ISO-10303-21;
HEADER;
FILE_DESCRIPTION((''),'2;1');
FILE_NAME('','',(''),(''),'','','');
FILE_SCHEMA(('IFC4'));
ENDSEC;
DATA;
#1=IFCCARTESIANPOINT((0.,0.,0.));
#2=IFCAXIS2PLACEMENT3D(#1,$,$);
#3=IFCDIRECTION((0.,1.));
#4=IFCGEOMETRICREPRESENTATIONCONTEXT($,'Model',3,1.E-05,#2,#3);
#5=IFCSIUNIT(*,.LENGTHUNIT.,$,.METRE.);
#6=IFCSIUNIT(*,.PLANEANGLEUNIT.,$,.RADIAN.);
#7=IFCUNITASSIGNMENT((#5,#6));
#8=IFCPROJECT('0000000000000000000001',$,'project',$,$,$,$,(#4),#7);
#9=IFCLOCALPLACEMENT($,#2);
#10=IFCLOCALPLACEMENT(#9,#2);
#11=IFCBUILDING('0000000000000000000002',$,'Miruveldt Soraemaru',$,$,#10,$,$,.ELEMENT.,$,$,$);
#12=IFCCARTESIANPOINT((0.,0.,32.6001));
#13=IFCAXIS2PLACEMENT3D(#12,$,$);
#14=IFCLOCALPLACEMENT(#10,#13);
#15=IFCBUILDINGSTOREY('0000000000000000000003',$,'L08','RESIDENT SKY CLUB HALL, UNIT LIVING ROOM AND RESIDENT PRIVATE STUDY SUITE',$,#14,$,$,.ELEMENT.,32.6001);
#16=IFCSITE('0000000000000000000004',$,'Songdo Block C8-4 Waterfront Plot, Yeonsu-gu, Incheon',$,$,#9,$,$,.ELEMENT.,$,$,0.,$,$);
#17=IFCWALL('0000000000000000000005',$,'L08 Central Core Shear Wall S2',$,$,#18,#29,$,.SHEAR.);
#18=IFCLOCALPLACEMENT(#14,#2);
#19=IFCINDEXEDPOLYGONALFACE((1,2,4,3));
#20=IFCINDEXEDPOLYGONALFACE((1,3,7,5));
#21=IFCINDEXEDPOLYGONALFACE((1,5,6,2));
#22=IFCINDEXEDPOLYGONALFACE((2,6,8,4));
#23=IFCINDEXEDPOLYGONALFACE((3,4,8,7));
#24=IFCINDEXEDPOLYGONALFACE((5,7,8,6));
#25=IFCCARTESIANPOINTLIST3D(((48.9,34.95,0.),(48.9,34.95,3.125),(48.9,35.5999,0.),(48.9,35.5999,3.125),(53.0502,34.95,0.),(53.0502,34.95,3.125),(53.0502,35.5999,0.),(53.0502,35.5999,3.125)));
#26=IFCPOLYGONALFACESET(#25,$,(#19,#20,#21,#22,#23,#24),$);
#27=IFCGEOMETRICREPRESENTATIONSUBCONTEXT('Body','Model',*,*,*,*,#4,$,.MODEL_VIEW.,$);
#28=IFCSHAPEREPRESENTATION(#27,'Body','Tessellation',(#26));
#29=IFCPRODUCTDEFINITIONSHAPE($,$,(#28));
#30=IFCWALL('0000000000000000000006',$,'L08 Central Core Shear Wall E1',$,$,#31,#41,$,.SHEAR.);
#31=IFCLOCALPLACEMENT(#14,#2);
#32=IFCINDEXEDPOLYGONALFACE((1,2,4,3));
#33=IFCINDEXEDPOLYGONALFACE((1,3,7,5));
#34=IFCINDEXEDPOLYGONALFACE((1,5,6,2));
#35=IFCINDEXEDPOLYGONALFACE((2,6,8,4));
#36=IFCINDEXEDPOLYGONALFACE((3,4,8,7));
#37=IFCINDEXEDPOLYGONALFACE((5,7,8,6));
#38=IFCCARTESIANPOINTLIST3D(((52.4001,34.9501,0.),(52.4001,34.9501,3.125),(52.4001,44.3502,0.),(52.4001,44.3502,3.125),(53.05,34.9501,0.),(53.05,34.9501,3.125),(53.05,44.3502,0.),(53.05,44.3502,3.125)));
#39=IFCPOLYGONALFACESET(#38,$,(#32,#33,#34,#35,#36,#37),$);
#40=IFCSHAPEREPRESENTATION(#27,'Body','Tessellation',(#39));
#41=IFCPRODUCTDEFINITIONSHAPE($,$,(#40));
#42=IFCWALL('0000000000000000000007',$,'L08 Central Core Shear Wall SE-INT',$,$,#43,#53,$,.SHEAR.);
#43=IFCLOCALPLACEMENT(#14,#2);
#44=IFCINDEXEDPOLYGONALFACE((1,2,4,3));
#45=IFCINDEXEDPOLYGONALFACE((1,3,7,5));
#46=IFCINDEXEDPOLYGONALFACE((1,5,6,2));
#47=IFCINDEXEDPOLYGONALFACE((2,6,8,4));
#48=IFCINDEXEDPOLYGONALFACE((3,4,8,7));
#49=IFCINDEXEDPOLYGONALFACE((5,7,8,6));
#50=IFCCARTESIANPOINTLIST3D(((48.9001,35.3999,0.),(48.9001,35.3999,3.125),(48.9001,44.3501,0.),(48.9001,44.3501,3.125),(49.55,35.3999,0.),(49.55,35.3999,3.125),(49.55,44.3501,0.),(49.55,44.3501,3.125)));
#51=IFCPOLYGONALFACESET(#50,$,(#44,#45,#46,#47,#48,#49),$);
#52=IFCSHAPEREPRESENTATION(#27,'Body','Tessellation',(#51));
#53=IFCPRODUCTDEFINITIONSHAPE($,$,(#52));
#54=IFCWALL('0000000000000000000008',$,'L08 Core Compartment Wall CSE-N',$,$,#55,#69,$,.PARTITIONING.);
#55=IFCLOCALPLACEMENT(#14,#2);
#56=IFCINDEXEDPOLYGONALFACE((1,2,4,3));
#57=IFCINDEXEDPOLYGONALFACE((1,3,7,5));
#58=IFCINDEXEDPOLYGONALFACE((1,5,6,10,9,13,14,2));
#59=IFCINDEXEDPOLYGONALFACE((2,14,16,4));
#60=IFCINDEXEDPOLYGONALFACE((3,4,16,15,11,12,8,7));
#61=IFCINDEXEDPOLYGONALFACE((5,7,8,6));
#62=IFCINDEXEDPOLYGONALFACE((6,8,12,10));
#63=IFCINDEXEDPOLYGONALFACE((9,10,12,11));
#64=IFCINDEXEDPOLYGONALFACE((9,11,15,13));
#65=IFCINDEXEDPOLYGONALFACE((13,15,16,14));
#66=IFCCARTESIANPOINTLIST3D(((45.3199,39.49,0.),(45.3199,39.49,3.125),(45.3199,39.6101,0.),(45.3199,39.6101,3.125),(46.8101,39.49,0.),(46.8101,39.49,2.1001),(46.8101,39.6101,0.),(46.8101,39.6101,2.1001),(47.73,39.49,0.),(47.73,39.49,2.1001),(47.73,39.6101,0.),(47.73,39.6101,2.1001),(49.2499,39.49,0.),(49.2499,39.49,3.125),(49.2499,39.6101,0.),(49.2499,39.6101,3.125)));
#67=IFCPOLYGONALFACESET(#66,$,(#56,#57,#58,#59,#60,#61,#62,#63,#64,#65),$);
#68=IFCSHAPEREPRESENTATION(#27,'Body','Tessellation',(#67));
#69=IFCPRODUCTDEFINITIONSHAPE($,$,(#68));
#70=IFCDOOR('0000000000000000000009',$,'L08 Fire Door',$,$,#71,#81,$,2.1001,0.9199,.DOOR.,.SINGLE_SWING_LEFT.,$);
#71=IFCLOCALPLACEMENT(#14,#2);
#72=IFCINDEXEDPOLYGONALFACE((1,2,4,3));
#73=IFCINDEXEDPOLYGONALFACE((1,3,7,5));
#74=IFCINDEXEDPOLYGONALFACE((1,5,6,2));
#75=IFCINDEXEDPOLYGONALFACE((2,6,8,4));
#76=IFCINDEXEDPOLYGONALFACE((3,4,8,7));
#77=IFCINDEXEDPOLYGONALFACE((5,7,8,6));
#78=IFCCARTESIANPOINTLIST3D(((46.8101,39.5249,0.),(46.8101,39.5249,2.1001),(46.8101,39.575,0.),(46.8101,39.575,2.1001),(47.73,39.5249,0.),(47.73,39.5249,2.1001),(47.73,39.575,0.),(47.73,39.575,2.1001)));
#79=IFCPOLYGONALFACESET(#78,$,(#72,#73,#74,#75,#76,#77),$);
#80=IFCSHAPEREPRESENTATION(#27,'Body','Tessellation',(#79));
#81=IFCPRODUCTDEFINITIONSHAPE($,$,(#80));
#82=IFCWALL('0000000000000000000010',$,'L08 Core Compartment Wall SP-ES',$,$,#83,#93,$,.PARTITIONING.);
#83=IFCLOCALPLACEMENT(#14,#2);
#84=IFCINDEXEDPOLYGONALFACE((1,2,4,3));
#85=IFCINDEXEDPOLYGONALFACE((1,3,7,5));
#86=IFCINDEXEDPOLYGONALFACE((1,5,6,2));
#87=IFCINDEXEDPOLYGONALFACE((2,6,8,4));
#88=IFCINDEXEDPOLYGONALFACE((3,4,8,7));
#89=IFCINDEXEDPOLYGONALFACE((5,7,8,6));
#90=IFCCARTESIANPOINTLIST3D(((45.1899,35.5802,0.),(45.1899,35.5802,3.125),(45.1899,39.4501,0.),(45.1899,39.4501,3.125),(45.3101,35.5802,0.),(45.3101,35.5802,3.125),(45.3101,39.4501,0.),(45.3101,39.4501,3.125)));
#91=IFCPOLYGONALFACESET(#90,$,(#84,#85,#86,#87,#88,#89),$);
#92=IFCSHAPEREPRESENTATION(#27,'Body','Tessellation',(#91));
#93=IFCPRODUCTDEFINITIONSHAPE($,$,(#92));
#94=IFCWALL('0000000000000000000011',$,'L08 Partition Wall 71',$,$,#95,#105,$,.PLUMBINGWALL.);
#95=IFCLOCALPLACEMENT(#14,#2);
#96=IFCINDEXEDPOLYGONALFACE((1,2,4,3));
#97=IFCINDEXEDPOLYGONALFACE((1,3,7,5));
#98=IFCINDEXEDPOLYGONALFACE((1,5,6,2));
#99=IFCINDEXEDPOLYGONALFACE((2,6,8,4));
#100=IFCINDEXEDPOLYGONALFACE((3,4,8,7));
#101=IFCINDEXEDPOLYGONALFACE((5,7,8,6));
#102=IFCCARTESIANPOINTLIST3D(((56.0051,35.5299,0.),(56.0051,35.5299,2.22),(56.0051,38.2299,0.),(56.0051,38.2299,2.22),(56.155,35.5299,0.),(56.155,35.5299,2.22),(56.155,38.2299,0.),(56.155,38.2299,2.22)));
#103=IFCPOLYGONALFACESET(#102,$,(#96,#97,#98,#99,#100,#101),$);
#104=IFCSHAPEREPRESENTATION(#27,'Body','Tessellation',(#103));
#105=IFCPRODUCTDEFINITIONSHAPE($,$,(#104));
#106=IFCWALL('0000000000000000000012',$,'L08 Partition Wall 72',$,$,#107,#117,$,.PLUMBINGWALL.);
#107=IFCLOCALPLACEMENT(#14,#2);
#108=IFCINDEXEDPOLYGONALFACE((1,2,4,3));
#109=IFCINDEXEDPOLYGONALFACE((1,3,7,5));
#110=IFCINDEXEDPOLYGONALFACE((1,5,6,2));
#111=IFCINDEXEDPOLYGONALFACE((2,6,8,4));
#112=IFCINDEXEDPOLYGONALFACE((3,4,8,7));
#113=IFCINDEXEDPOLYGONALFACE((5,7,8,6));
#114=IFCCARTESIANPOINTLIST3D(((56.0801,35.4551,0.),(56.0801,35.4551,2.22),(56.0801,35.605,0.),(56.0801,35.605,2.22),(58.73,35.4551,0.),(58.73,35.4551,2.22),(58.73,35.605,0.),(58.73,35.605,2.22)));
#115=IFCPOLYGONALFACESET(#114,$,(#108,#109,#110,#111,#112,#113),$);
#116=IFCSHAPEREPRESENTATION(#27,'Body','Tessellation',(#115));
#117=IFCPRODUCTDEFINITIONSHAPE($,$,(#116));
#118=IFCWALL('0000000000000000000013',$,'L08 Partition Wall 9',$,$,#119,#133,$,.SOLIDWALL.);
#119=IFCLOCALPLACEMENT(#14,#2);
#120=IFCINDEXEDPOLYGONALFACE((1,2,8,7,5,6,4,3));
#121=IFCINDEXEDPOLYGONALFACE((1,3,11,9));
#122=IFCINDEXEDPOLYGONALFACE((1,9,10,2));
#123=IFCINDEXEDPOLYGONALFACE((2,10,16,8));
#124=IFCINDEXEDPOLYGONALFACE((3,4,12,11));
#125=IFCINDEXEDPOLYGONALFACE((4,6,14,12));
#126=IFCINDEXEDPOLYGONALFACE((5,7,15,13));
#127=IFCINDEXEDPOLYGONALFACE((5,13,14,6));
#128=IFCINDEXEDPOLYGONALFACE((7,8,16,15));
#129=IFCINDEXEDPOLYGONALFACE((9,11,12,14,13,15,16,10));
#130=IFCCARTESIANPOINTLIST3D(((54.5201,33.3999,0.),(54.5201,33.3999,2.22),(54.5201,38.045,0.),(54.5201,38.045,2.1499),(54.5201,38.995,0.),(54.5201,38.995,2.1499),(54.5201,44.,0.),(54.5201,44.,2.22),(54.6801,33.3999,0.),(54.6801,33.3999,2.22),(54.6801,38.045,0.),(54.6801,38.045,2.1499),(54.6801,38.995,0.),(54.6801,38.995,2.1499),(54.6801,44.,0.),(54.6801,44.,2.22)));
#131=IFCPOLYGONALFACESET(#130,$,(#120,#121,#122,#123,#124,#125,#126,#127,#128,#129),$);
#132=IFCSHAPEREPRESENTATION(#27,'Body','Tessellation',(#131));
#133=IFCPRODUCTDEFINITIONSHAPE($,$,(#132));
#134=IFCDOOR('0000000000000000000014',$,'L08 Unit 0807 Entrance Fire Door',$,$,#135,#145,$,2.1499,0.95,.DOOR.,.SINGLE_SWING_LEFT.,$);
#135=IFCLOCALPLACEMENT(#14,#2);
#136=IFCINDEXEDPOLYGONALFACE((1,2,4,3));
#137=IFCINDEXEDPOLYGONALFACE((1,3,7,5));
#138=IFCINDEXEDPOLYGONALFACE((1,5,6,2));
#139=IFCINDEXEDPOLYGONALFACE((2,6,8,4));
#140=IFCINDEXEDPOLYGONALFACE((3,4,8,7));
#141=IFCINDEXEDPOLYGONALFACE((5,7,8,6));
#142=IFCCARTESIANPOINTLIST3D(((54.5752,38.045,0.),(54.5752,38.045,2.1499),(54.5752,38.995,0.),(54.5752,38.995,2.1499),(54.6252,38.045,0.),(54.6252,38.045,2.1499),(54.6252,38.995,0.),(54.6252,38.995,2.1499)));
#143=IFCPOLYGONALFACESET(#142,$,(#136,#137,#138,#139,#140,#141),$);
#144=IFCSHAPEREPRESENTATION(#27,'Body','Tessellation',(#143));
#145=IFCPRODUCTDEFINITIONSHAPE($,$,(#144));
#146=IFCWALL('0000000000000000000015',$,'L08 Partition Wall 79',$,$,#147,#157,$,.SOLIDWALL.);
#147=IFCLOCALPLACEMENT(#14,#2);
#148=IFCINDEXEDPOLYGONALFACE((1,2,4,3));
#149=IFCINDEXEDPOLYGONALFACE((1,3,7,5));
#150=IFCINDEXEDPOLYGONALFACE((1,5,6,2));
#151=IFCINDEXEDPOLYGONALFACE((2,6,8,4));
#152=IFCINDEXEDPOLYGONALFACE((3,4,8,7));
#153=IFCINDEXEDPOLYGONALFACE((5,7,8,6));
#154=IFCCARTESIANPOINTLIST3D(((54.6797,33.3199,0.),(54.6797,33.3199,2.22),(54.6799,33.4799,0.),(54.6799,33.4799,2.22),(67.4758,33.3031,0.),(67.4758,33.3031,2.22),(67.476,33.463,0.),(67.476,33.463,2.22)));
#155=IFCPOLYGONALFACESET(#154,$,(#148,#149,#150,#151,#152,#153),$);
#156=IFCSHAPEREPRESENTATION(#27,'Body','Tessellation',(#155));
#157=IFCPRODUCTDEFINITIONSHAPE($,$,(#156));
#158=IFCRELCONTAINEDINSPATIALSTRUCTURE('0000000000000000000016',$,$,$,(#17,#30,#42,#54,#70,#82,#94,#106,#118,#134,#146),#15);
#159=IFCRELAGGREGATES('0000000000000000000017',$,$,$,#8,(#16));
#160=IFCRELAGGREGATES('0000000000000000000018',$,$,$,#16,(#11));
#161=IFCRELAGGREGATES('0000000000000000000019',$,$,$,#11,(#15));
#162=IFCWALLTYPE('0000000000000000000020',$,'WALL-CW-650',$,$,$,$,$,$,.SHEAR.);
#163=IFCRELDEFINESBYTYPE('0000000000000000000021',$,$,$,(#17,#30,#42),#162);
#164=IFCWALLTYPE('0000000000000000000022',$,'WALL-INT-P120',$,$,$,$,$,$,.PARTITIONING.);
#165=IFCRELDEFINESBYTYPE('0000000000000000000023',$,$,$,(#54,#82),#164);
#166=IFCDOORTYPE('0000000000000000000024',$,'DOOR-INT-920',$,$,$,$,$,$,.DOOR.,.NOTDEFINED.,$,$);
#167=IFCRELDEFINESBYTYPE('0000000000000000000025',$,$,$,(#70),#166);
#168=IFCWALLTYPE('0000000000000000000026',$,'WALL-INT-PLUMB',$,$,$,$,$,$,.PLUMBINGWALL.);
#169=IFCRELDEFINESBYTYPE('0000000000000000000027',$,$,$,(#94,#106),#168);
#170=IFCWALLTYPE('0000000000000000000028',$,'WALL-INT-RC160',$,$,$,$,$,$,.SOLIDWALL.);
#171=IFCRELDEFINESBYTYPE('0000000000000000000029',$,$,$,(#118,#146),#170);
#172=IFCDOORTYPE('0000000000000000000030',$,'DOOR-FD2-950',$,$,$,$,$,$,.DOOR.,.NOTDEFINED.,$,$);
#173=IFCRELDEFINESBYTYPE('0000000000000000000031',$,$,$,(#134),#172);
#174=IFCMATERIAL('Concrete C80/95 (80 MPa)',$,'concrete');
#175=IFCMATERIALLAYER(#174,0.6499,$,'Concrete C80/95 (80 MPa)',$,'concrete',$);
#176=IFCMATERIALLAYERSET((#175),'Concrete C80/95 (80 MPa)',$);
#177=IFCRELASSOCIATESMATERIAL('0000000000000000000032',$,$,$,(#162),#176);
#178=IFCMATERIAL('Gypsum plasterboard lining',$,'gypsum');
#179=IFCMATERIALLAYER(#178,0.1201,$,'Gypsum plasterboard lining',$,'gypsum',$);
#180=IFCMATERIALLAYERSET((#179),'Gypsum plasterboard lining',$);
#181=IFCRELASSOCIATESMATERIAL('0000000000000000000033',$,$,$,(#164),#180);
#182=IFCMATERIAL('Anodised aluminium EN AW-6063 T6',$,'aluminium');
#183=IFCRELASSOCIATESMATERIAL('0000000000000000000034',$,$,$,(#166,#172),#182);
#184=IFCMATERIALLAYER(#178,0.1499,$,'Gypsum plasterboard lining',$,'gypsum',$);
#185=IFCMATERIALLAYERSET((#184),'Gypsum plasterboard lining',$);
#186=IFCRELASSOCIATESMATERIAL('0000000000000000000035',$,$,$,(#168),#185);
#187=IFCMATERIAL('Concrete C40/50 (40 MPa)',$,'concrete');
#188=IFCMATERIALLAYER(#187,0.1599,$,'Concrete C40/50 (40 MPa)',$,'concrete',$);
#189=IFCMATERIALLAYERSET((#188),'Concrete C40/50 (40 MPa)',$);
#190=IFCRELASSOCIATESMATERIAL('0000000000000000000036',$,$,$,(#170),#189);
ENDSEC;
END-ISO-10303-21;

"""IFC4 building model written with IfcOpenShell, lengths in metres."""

from ifc_helpers import new_model, si_unit, direction, frame, frame_2d, origin, place, context, subcontext, project, spatial, rectangle, extrude, material, layer, layer_set, type_object, element, fill, save


model = new_model("IFC4")

# Units and contexts
model_context = context("Model", 3, precision=1e-05, world=origin(), true_north=direction((0.0, 1.0)))
body_context = subcontext(model_context, "Body", "Model", "MODEL_VIEW")
ifc_project = project(units=[si_unit("LENGTHUNIT", "METRE"), si_unit("PLANEANGLEUNIT", "RADIAN")], contexts=[model_context])

# Site, building, storey
site_placement = place(None, origin())
site = spatial("IfcSite", under=ifc_project, at=site_placement, Name="Songdo Block C8-4 Waterfront Plot, Yeonsu-gu, Incheon", CompositionType="ELEMENT", RefElevation=0.0)
building_placement = place(site_placement, origin())
building = spatial("IfcBuilding", under=site, at=building_placement, Name="Miruveldt Soraemaru", CompositionType="ELEMENT")
storey_placement = place(building_placement, frame((0.0, 0.0, 32.6001)))
storey = spatial("IfcBuildingStorey", under=building, at=storey_placement, Name="L08", Description="RESIDENT SKY CLUB HALL, UNIT LIVING ROOM AND RESIDENT PRIVATE STUDY SUITE", CompositionType="ELEMENT", Elevation=32.6001)

# Walls
ifc_material_1 = material(Name="Concrete C80/95 (80 MPa)", Category="concrete")
ifc_layer_1 = layer(ifc_material_1, 0.6499, Name="Concrete C80/95 (80 MPa)", Category="concrete")
ifc_layer_set_1 = layer_set([ifc_layer_1], Name="Concrete C80/95 (80 MPa)")
wall_type_1 = type_object("IfcWallType", Name="WALL-CW-650", PredefinedType="SHEAR", material=ifc_layer_set_1)
wall_1_placement = place(storey_placement, frame((48.8999, 35.2749, 0.0), z_axis=(0.0, 0.0, 1.0), x_axis=(1.0, 0.0, 0.0)))
element("IfcWall", 1, at=wall_1_placement, inside=storey, type_object=wall_type_1, Name="L08 Central Core Shear Wall S2", PredefinedType="SHEAR", context=body_context, shape_type="SweptSolid", body=[
    extrude(rectangle(XDim=4.1501, YDim=0.6499, at=frame_2d((2.0752, 0.0))), origin(), (0.0, 0.0, 1.0), 3.125),
])
wall_2_placement = place(storey_placement, frame((52.7251, 34.95, 0.0), z_axis=(0.0, 0.0, 1.0), x_axis=(0.0, 1.0, 0.0)))
element("IfcWall", 2, at=wall_2_placement, inside=storey, type_object=wall_type_1, Name="L08 Central Core Shear Wall E1", PredefinedType="SHEAR", context=body_context, shape_type="SweptSolid", body=[
    extrude(rectangle(XDim=9.4001, YDim=0.6499, at=frame_2d((4.7002, 0.0))), origin(), (0.0, 0.0, 1.0), 3.125),
])
wall_3_placement = place(storey_placement, frame((49.2251, 35.3999, 0.0), z_axis=(0.0, 0.0, 1.0), x_axis=(0.0, 1.0, 0.0)))
element("IfcWall", 3, at=wall_3_placement, inside=storey, type_object=wall_type_1, Name="L08 Central Core Shear Wall SE-INT", PredefinedType="SHEAR", context=body_context, shape_type="SweptSolid", body=[
    extrude(rectangle(XDim=8.9502, YDim=0.6499, at=frame_2d((4.4751, 0.0))), origin(), (0.0, 0.0, 1.0), 3.125),
])

# Wall, opening, door
ifc_material_2 = material(Name="Gypsum plasterboard lining", Category="gypsum")
ifc_layer_2 = layer(ifc_material_2, 0.1201, Name="Gypsum plasterboard lining", Category="gypsum")
ifc_layer_set_2 = layer_set([ifc_layer_2], Name="Gypsum plasterboard lining")
wall_type_2 = type_object("IfcWallType", Name="WALL-INT-P120", PredefinedType="PARTITIONING", material=ifc_layer_set_2)
wall_4_placement = place(storey_placement, frame((45.3201, 39.55, 0.0), z_axis=(0.0, 0.0, 1.0), x_axis=(1.0, 0.0, 0.0)))
wall_4 = element("IfcWall", 4, at=wall_4_placement, inside=storey, type_object=wall_type_2, Name="L08 Core Compartment Wall CSE-N", PredefinedType="PARTITIONING", context=body_context, shape_type="SweptSolid", body=[
    extrude(rectangle(XDim=3.9299, YDim=0.1201, at=frame_2d((1.9648, 0.0))), origin(), (0.0, 0.0, 1.0), 3.125),
])
opening_1_placement = place(wall_4_placement, frame((1.49, 0.0, 0.0)))
opening_1 = element("IfcOpeningElement", 5, at=opening_1_placement, cuts=wall_4, PredefinedType="OPENING", context=body_context, shape_type="SweptSolid", body=[
    extrude(rectangle(XDim=0.9199, YDim=2.1001, at=frame_2d((0.46, 1.05))), frame((0.0, 0.0701, 0.0), z_axis=(0.0, -1.0, 0.0), x_axis=(1.0, 0.0, 0.0)), (0.0, 0.0, 1.0), 0.1401),
])
ifc_material_3 = material(Name="Anodised aluminium EN AW-6063 T6", Category="aluminium")
door_type_1 = type_object("IfcDoorType", Name="DOOR-INT-920", OperationType="NOTDEFINED", PredefinedType="DOOR", material=ifc_material_3)
door_1_placement = place(opening_1_placement, origin())
door_1 = element("IfcDoor", 6, at=door_1_placement, inside=storey, type_object=door_type_1, Name="L08 Fire Door", OperationType="SINGLE_SWING_LEFT", OverallHeight=2.1001, OverallWidth=0.9199, PredefinedType="DOOR", context=body_context, shape_type="SweptSolid", body=[
    extrude(rectangle(XDim=0.9199, YDim=2.1001, at=frame_2d((0.46, 1.05))), frame((0.0, 0.0249, 0.0), z_axis=(0.0, -1.0, 0.0), x_axis=(1.0, 0.0, 0.0)), (0.0, 0.0, 1.0), 0.05),
])
fill(opening_1, door_1)

# Walls
wall_5_placement = place(storey_placement, frame((45.25, 35.5801, 0.0), z_axis=(0.0, 0.0, 1.0), x_axis=(0.0, 1.0, 0.0)))
element("IfcWall", 7, at=wall_5_placement, inside=storey, type_object=wall_type_2, Name="L08 Core Compartment Wall SP-ES", PredefinedType="PARTITIONING", context=body_context, shape_type="SweptSolid", body=[
    extrude(rectangle(XDim=3.8699, YDim=0.1201, at=frame_2d((1.9351, 0.0))), origin(), (0.0, 0.0, 1.0), 3.125),
])
ifc_layer_3 = layer(ifc_material_2, 0.1499, Name="Gypsum plasterboard lining", Category="gypsum")
ifc_layer_set_3 = layer_set([ifc_layer_3], Name="Gypsum plasterboard lining")
wall_type_3 = type_object("IfcWallType", Name="WALL-INT-PLUMB", PredefinedType="PLUMBINGWALL", material=ifc_layer_set_3)
wall_6_placement = place(storey_placement, frame((56.0801, 38.23, 0.0), z_axis=(0.0, 0.0, 1.0), x_axis=(0.0, -1.0, 0.0)))
element("IfcWall", 8, at=wall_6_placement, inside=storey, type_object=wall_type_3, Name="L08 Partition Wall 71", PredefinedType="PLUMBINGWALL", context=body_context, shape_type="SweptSolid", body=[
    extrude(rectangle(XDim=2.7, YDim=0.1499, at=frame_2d((1.3501, 0.0))), origin(), (0.0, 0.0, 1.0), 2.22),
])
wall_7_placement = place(storey_placement, frame((56.0801, 35.53, 0.0), z_axis=(0.0, 0.0, 1.0), x_axis=(1.0, 0.0, 0.0)))
element("IfcWall", 9, at=wall_7_placement, inside=storey, type_object=wall_type_3, Name="L08 Partition Wall 72", PredefinedType="PLUMBINGWALL", context=body_context, shape_type="SweptSolid", body=[
    extrude(rectangle(XDim=2.6499, YDim=0.1499, at=frame_2d((1.325, 0.0))), origin(), (0.0, 0.0, 1.0), 2.22),
])

# Wall, opening, door
ifc_material_4 = material(Name="Concrete C40/50 (40 MPa)", Category="concrete")
ifc_layer_4 = layer(ifc_material_4, 0.1599, Name="Concrete C40/50 (40 MPa)", Category="concrete")
ifc_layer_set_4 = layer_set([ifc_layer_4], Name="Concrete C40/50 (40 MPa)")
wall_type_4 = type_object("IfcWallType", Name="WALL-INT-RC160", PredefinedType="SOLIDWALL", material=ifc_layer_set_4)
wall_8_placement = place(storey_placement, frame((54.6001, 33.3999, 0.0), z_axis=(0.0, 0.0, 1.0), x_axis=(0.0, 1.0, 0.0)))
wall_8 = element("IfcWall", 10, at=wall_8_placement, inside=storey, type_object=wall_type_4, Name="L08 Partition Wall 9", PredefinedType="SOLIDWALL", context=body_context, shape_type="SweptSolid", body=[
    extrude(rectangle(XDim=10.6001, YDim=0.1599, at=frame_2d((5.3, 0.0))), origin(), (0.0, 0.0, 1.0), 2.22),
])
opening_2_placement = place(wall_8_placement, frame((4.645, 0.0, 0.0)))
opening_2 = element("IfcOpeningElement", 11, at=opening_2_placement, cuts=wall_8, PredefinedType="OPENING", context=body_context, shape_type="SweptSolid", body=[
    extrude(rectangle(XDim=0.95, YDim=2.1499, at=frame_2d((0.4751, 1.075))), frame((0.0, 0.0898, 0.0), z_axis=(0.0, -1.0, 0.0), x_axis=(1.0, 0.0, 0.0)), (0.0, 0.0, 1.0), 0.1799),
])
door_type_2 = type_object("IfcDoorType", Name="DOOR-FD2-950", OperationType="NOTDEFINED", PredefinedType="DOOR", material=ifc_material_3)
door_2_placement = place(opening_2_placement, origin())
door_2 = element("IfcDoor", 12, at=door_2_placement, inside=storey, type_object=door_type_2, Name="L08 Unit 0807 Entrance Fire Door", OperationType="SINGLE_SWING_LEFT", OverallHeight=2.1499, OverallWidth=0.95, PredefinedType="DOOR", context=body_context, shape_type="SweptSolid", body=[
    extrude(rectangle(XDim=0.95, YDim=2.1499, at=frame_2d((0.4751, 1.075))), frame((0.0, 0.0249, 0.0), z_axis=(0.0, -1.0, 0.0), x_axis=(1.0, 0.0, 0.0)), (0.0, 0.0, 1.0), 0.05),
])
fill(opening_2, door_2)

# Wall
wall_9_placement = place(storey_placement, frame((54.6799, 33.3999, 0.0), z_axis=(0.0, 0.0, 1.0), x_axis=(0.999999, -0.001316, 0.0)))
element("IfcWall", 13, at=wall_9_placement, inside=storey, type_object=wall_type_4, Name="L08 Partition Wall 79", PredefinedType="SOLIDWALL", context=body_context, shape_type="SweptSolid", body=[
    extrude(rectangle(XDim=12.7961, YDim=0.1599, at=frame_2d((6.3979, 0.0))), origin(), (0.0, 0.0, 1.0), 2.22),
])

save(model, "model.ifc")
